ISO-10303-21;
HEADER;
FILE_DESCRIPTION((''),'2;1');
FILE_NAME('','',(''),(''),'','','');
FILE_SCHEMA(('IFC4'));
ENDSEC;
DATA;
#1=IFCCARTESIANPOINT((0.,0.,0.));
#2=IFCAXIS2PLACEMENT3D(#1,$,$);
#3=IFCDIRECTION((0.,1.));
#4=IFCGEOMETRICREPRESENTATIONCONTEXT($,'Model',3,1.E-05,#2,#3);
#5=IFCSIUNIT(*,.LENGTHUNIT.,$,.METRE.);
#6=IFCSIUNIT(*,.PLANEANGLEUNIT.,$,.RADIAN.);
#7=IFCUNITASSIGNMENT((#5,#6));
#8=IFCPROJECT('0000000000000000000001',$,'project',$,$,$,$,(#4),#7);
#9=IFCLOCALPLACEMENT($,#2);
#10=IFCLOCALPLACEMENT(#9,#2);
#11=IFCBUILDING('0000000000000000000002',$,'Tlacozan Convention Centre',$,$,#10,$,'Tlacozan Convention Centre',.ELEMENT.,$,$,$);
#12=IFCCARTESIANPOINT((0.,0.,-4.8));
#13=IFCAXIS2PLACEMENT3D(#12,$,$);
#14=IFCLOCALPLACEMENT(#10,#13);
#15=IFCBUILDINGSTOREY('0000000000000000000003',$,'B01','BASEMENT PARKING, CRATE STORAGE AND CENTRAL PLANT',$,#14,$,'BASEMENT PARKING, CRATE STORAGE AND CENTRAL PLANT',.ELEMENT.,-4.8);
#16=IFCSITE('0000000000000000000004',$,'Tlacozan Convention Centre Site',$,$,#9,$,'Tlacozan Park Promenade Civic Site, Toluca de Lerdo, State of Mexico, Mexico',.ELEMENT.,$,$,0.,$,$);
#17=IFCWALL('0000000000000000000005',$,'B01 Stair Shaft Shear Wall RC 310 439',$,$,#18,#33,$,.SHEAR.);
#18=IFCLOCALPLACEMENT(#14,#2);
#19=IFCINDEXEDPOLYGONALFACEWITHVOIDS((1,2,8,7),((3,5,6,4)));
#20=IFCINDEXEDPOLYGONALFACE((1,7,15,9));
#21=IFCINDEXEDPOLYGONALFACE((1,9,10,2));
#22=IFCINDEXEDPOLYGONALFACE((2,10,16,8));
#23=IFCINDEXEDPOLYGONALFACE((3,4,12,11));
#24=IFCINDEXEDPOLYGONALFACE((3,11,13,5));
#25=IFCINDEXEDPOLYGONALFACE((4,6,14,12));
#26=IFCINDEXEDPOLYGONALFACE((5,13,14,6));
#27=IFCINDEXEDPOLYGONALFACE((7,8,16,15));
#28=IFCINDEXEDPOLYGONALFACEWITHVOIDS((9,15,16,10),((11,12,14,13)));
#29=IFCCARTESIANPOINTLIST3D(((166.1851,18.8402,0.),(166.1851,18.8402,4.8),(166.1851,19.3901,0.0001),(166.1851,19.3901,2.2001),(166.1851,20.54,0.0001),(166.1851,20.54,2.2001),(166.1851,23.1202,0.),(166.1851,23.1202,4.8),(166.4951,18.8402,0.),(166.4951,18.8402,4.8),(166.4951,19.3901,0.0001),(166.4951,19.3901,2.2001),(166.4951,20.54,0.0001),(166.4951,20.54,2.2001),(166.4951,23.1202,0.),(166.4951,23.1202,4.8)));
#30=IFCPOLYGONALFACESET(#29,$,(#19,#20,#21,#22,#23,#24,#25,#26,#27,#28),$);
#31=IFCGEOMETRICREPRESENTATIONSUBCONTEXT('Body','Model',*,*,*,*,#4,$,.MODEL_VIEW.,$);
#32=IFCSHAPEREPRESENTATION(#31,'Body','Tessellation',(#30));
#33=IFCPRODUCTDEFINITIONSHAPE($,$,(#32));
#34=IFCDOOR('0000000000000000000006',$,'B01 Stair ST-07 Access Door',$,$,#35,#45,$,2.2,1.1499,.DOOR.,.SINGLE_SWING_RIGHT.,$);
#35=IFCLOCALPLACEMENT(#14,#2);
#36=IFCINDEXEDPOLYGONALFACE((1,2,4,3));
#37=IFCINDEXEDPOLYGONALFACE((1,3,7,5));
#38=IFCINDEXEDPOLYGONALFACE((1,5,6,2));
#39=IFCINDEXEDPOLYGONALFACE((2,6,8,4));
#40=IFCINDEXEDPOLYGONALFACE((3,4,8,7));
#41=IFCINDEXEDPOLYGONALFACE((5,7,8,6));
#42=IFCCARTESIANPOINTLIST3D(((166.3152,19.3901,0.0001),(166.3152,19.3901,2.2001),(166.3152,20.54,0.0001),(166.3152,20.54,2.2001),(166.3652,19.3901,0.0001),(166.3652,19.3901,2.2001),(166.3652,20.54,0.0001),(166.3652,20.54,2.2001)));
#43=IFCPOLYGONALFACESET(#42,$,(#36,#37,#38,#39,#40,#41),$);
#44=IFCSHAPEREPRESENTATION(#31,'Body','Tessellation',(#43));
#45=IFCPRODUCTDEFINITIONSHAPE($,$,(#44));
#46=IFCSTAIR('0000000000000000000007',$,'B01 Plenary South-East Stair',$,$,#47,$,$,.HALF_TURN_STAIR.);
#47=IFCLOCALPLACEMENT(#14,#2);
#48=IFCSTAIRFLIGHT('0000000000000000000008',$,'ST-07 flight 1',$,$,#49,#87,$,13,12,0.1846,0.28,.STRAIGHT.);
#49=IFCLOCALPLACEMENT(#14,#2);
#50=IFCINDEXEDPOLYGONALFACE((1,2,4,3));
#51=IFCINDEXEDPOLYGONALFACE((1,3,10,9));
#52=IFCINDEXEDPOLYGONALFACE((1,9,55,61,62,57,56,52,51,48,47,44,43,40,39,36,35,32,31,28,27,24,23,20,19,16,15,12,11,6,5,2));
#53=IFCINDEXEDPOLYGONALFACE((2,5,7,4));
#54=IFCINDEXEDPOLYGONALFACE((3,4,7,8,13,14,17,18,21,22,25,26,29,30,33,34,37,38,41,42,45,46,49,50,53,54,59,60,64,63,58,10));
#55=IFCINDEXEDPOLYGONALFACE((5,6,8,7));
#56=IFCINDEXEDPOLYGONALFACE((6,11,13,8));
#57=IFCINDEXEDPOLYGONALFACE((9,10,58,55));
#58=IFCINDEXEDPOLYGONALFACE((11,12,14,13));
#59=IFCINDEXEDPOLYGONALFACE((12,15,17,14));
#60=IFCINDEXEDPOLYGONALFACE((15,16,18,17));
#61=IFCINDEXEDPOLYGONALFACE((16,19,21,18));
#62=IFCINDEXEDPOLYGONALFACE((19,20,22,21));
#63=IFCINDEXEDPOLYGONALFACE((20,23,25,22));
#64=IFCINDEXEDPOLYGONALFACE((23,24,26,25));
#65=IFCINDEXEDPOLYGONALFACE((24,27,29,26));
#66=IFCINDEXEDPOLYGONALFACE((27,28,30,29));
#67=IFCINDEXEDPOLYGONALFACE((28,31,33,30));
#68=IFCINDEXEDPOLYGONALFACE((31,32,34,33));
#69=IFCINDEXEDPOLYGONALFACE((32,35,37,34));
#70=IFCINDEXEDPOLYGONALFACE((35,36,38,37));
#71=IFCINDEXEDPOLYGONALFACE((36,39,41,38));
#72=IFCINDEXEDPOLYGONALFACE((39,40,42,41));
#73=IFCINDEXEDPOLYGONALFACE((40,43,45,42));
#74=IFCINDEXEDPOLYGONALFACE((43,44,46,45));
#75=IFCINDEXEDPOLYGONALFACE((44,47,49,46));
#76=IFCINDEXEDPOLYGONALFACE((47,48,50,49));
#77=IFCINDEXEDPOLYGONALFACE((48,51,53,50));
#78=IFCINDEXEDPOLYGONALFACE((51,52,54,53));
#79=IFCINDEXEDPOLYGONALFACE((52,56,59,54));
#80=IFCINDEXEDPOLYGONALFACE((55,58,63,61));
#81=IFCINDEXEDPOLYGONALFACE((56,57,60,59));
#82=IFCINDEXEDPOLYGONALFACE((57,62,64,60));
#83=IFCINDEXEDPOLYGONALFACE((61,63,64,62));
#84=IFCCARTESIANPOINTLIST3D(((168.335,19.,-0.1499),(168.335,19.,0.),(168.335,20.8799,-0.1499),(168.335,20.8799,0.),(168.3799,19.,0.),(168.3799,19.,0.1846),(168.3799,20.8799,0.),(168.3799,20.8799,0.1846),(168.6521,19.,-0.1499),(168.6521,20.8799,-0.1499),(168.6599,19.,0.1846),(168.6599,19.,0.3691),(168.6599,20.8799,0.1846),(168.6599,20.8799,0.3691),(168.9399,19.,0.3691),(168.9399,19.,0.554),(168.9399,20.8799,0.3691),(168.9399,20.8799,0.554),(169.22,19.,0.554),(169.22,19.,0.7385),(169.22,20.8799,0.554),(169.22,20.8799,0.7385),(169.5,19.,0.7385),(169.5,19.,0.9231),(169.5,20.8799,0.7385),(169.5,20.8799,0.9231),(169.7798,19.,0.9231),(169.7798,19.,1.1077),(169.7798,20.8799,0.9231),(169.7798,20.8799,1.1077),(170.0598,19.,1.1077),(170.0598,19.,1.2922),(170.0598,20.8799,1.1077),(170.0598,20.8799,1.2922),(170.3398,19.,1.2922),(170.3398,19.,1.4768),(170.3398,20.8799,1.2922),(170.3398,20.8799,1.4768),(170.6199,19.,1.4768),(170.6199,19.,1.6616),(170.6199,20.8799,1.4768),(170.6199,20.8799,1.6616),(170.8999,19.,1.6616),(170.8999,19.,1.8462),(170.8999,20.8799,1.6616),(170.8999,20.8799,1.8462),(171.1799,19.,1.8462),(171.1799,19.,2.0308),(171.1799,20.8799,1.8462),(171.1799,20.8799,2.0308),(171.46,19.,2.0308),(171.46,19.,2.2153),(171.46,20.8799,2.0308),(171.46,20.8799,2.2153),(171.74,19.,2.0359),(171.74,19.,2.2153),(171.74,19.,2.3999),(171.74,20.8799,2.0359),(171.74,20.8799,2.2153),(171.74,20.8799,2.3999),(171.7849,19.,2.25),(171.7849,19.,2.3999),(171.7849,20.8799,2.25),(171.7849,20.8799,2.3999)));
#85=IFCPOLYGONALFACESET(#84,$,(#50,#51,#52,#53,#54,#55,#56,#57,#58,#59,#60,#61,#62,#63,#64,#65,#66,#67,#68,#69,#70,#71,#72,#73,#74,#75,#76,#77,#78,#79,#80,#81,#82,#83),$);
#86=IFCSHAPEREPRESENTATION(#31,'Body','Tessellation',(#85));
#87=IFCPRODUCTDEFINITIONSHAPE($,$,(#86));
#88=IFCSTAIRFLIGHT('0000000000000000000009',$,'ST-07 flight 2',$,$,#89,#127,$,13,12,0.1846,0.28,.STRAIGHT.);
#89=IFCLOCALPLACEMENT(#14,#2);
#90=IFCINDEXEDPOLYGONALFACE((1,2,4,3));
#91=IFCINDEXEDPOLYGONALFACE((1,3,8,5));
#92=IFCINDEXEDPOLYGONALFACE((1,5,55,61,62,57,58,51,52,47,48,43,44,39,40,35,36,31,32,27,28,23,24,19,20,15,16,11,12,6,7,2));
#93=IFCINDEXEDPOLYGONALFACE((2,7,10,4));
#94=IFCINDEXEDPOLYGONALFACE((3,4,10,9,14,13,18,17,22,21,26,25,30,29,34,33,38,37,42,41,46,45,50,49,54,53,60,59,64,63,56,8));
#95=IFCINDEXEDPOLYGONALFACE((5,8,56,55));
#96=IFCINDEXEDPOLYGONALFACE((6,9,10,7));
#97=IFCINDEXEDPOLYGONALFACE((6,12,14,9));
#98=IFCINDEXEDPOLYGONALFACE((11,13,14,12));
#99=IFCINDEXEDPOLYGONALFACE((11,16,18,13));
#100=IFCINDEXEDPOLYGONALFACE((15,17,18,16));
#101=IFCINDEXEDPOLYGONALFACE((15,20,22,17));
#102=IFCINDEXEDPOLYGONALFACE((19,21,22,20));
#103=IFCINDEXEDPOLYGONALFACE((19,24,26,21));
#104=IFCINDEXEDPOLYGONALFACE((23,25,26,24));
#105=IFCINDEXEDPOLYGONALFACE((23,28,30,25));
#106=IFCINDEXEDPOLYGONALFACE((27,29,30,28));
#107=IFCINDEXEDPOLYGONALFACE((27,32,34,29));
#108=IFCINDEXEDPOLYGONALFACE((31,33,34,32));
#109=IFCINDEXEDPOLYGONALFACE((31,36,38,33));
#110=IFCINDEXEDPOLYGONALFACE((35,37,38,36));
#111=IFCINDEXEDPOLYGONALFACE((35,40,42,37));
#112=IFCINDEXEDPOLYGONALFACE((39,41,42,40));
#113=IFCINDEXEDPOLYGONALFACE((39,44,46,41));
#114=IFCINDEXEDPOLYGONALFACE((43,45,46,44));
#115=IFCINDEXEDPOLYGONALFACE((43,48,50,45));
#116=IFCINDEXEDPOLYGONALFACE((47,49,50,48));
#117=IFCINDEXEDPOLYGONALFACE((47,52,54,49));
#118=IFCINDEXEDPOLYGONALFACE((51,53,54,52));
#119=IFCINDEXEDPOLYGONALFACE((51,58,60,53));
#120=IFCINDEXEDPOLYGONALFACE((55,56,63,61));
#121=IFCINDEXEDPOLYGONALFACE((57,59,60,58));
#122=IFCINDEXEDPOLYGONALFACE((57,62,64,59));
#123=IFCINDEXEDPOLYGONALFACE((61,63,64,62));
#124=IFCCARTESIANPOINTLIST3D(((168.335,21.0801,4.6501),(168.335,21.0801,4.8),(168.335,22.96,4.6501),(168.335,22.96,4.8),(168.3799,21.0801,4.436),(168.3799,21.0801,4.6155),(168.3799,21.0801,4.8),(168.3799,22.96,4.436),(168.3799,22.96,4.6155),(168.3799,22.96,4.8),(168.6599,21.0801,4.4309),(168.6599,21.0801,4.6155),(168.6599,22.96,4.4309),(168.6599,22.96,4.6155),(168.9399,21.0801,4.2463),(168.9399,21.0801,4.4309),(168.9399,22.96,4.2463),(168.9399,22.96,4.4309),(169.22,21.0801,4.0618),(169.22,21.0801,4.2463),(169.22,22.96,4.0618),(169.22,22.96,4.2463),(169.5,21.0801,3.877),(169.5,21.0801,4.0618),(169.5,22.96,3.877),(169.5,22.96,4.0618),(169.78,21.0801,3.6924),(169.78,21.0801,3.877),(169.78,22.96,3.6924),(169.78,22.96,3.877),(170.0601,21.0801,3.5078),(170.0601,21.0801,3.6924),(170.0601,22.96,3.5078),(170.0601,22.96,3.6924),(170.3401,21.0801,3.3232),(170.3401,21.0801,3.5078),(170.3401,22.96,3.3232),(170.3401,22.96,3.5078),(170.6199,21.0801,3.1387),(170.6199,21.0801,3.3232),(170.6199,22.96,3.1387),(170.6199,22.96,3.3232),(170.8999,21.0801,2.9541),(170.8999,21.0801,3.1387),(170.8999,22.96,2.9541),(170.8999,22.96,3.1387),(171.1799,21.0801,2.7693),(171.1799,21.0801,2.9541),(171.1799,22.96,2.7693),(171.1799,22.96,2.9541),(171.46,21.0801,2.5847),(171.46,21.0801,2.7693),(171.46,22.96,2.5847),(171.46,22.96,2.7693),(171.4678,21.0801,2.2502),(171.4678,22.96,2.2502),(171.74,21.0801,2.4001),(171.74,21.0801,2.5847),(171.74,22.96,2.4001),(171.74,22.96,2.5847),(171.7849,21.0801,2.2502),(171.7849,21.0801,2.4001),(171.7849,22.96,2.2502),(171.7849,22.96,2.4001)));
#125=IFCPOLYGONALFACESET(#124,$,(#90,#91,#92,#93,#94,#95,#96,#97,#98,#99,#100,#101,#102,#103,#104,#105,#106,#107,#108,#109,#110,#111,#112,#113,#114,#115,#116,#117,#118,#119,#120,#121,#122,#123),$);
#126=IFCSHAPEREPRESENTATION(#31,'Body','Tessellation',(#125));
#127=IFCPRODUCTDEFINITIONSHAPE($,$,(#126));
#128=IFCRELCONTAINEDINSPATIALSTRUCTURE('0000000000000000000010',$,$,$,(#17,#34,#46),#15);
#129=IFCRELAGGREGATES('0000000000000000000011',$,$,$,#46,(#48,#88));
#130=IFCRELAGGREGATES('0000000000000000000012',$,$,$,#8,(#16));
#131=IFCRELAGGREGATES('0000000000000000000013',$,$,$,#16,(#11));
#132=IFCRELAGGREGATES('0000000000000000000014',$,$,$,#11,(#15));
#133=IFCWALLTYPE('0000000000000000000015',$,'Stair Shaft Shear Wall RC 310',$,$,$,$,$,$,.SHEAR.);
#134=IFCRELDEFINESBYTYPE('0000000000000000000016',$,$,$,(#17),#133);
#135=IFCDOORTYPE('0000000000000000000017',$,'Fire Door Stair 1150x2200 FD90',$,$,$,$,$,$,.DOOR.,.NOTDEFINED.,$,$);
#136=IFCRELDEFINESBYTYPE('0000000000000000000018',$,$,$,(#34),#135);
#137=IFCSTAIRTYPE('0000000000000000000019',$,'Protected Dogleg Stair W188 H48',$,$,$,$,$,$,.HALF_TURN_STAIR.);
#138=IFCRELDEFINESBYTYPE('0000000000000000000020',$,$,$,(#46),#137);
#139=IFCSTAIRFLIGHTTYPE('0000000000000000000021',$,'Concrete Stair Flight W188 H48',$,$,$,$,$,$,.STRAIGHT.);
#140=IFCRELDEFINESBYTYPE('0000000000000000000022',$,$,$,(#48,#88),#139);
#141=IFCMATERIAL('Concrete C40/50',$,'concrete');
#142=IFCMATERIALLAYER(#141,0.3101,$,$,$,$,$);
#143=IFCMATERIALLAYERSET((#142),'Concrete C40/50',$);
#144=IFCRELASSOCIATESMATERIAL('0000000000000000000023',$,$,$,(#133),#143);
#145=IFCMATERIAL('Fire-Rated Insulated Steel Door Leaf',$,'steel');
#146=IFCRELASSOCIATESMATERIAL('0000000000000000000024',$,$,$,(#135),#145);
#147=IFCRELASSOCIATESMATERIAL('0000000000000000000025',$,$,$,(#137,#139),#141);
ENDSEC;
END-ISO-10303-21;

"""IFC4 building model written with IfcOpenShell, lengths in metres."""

from ifc_helpers import new_model, si_unit, direction, frame, frame_2d, origin, place, context, subcontext, project, spatial, polyline, rectangle, outline, extrude, material, layer, layer_set, type_object, element, fill, aggregate, save


model = new_model("IFC4")

# Units and contexts
model_context = context("Model", 3, precision=1e-05, world=origin(), true_north=direction((0.0, 1.0)))
body_context = subcontext(model_context, "Body", "Model", "MODEL_VIEW")
ifc_project = project(units=[si_unit("LENGTHUNIT", "METRE"), si_unit("PLANEANGLEUNIT", "RADIAN")], contexts=[model_context])

# Site, building, storey
site_placement = place(None, origin())
site = spatial("IfcSite", under=ifc_project, at=site_placement, Name="Tlacozan Convention Centre Site", LongName="Tlacozan Park Promenade Civic Site, Toluca de Lerdo, State of Mexico, Mexico", CompositionType="ELEMENT", RefElevation=0.0)
building_placement = place(site_placement, origin())
building = spatial("IfcBuilding", under=site, at=building_placement, Name="Tlacozan Convention Centre", LongName="Tlacozan Convention Centre", CompositionType="ELEMENT")
storey_placement = place(building_placement, frame((0.0, 0.0, -4.8)))
storey = spatial("IfcBuildingStorey", under=building, at=storey_placement, Name="B01", Description="BASEMENT PARKING, CRATE STORAGE AND CENTRAL PLANT", LongName="BASEMENT PARKING, CRATE STORAGE AND CENTRAL PLANT", CompositionType="ELEMENT", Elevation=-4.8)

# Shared definitions
ifc_material_1 = material(Name="Concrete C40/50", Category="concrete")

# Shared definitions
ifc_layer_1 = layer(ifc_material_1, 0.3101)
ifc_layer_set_1 = layer_set([ifc_layer_1], Name="Concrete C40/50")
wall_type = type_object("IfcWallType", Name="Stair Shaft Shear Wall RC 310", PredefinedType="SHEAR", material=ifc_layer_set_1)

# Wall, opening, door
wall_placement = place(storey_placement, frame((166.3401, 18.8401, 0.0), z_axis=(0.0, 0.0, 1.0), x_axis=(0.0, 1.0, 0.0)))
wall = element("IfcWall", 1, at=wall_placement, inside=storey, type_object=wall_type, Name="B01 Stair Shaft Shear Wall RC 310 439", PredefinedType="SHEAR", context=body_context, shape_type="SweptSolid", body=[
    extrude(rectangle(XDim=4.28, YDim=0.3101, at=frame_2d((2.1401, 0.0))), origin(), (0.0, 0.0, 1.0), 4.8),
])
opening_placement = place(wall_placement, frame((0.55, 0.0, 0.0)))
opening = element("IfcOpeningElement", 2, at=opening_placement, cuts=wall, PredefinedType="OPENING", context=body_context, shape_type="SweptSolid", body=[
    extrude(rectangle(XDim=1.1499, YDim=2.2, at=frame_2d((0.575, 1.1001))), frame((0.0, 0.165, 0.0), z_axis=(0.0, -1.0, 0.0), x_axis=(1.0, 0.0, 0.0)), (0.0, 0.0, 1.0), 0.3301),
])
ifc_material_2 = material(Name="Fire-Rated Insulated Steel Door Leaf", Category="steel")
door_type = type_object("IfcDoorType", Name="Fire Door Stair 1150x2200 FD90", OperationType="NOTDEFINED", PredefinedType="DOOR", material=ifc_material_2)
door_placement = place(opening_placement, origin())
door = element("IfcDoor", 3, at=door_placement, inside=storey, type_object=door_type, Name="B01 Stair ST-07 Access Door", OperationType="SINGLE_SWING_RIGHT", OverallHeight=2.2, OverallWidth=1.1499, PredefinedType="DOOR", context=body_context, shape_type="SweptSolid", body=[
    extrude(rectangle(XDim=1.1499, YDim=2.2, at=frame_2d((0.575, 1.1001))), frame((0.0, 0.0249, 0.0), z_axis=(0.0, -1.0, 0.0), x_axis=(1.0, 0.0, 0.0)), (0.0, 0.0, 1.0), 0.05),
])
fill(opening, door)

# Stair, stair flights
stair_type = type_object("IfcStairType", Name="Protected Dogleg Stair W188 H48", PredefinedType="HALF_TURN_STAIR", material=ifc_material_1)
stair_placement = place(storey_placement, origin())
stair = element("IfcStair", 4, at=stair_placement, inside=storey, type_object=stair_type, Name="B01 Plenary South-East Stair", PredefinedType="HALF_TURN_STAIR")
stair_flight_type = type_object("IfcStairFlightType", Name="Concrete Stair Flight W188 H48", PredefinedType="STRAIGHT", material=ifc_material_1)
stair_flight_1_placement = place(storey_placement, frame((168.3799, 19.9399, 0.0), z_axis=(0.0, 0.0, 1.0), x_axis=(1.0, 0.0, 0.0)))
stair_flight_1 = element("IfcStairFlight", 5, at=stair_flight_1_placement, type_object=stair_flight_type, Name="ST-07 flight 1", NumberOfRisers=13, NumberOfTreads=12, PredefinedType="STRAIGHT", RiserHeight=0.1846, TreadLength=0.28, context=body_context, shape_type="SweptSolid", body=[
    extrude(outline(polyline([(-0.0449, -0.1499), (-0.0449, 0.0), (0.0, 0.0), (0.0, 0.1846), (0.28, 0.1846), (0.28, 0.3691), (0.5601, 0.3691), (0.5601, 0.554), (0.8401, 0.554), (0.8401, 0.7385), (1.1201, 0.7385), (1.1201, 0.9231), (1.3999, 0.9231), (1.3999, 1.1077), (1.6799, 1.1077), (1.6799, 1.2922), (1.96, 1.2922), (1.96, 1.4768), (2.24, 1.4768), (2.24, 1.6616), (2.52, 1.6616), (2.52, 1.8462), (2.8, 1.8462), (2.8, 2.0308), (3.0801, 2.0308), (3.0801, 2.2153), (3.3601, 2.2153), (3.3601, 2.3999), (3.405, 2.3999), (3.405, 2.25), (3.3601, 2.0359), (0.2722, -0.1499), (-0.0449, -0.1499)])), frame((0.0, 0.9399, 0.0), z_axis=(0.0, -1.0, 0.0), x_axis=(1.0, 0.0, 0.0)), (0.0, 0.0, 1.0), 1.8799),
])
stair_flight_2_placement = place(storey_placement, frame((171.74, 22.02, 2.4001), z_axis=(0.0, 0.0, 1.0), x_axis=(-1.0, 0.0, 0.0)))
stair_flight_2 = element("IfcStairFlight", 6, at=stair_flight_2_placement, type_object=stair_flight_type, Name="ST-07 flight 2", NumberOfRisers=13, NumberOfTreads=12, PredefinedType="STRAIGHT", RiserHeight=0.1846, TreadLength=0.28, context=body_context, shape_type="SweptSolid", body=[
    extrude(outline(polyline([(-0.0449, -0.1499), (-0.0449, 0.0), (0.0, 0.0), (0.0, 0.1846), (0.28, 0.1846), (0.28, 0.3691), (0.5601, 0.3691), (0.5601, 0.554), (0.8401, 0.554), (0.8401, 0.7385), (1.1201, 0.7385), (1.1201, 0.9231), (1.3999, 0.9231), (1.3999, 1.1077), (1.6799, 1.1077), (1.6799, 1.2922), (1.96, 1.2922), (1.96, 1.4768), (2.24, 1.4768), (2.24, 1.6616), (2.52, 1.6616), (2.52, 1.8462), (2.8, 1.8462), (2.8, 2.0308), (3.0801, 2.0308), (3.0801, 2.2153), (3.3601, 2.2153), (3.3601, 2.3999), (3.405, 2.3999), (3.405, 2.25), (3.3601, 2.0359), (0.2722, -0.1499), (-0.0449, -0.1499)])), frame((0.0, 0.9399, 0.0), z_axis=(0.0, -1.0, 0.0), x_axis=(1.0, 0.0, 0.0)), (0.0, 0.0, 1.0), 1.8799),
])
aggregate(stair, [stair_flight_1, stair_flight_2])

save(model, "model.ifc")
